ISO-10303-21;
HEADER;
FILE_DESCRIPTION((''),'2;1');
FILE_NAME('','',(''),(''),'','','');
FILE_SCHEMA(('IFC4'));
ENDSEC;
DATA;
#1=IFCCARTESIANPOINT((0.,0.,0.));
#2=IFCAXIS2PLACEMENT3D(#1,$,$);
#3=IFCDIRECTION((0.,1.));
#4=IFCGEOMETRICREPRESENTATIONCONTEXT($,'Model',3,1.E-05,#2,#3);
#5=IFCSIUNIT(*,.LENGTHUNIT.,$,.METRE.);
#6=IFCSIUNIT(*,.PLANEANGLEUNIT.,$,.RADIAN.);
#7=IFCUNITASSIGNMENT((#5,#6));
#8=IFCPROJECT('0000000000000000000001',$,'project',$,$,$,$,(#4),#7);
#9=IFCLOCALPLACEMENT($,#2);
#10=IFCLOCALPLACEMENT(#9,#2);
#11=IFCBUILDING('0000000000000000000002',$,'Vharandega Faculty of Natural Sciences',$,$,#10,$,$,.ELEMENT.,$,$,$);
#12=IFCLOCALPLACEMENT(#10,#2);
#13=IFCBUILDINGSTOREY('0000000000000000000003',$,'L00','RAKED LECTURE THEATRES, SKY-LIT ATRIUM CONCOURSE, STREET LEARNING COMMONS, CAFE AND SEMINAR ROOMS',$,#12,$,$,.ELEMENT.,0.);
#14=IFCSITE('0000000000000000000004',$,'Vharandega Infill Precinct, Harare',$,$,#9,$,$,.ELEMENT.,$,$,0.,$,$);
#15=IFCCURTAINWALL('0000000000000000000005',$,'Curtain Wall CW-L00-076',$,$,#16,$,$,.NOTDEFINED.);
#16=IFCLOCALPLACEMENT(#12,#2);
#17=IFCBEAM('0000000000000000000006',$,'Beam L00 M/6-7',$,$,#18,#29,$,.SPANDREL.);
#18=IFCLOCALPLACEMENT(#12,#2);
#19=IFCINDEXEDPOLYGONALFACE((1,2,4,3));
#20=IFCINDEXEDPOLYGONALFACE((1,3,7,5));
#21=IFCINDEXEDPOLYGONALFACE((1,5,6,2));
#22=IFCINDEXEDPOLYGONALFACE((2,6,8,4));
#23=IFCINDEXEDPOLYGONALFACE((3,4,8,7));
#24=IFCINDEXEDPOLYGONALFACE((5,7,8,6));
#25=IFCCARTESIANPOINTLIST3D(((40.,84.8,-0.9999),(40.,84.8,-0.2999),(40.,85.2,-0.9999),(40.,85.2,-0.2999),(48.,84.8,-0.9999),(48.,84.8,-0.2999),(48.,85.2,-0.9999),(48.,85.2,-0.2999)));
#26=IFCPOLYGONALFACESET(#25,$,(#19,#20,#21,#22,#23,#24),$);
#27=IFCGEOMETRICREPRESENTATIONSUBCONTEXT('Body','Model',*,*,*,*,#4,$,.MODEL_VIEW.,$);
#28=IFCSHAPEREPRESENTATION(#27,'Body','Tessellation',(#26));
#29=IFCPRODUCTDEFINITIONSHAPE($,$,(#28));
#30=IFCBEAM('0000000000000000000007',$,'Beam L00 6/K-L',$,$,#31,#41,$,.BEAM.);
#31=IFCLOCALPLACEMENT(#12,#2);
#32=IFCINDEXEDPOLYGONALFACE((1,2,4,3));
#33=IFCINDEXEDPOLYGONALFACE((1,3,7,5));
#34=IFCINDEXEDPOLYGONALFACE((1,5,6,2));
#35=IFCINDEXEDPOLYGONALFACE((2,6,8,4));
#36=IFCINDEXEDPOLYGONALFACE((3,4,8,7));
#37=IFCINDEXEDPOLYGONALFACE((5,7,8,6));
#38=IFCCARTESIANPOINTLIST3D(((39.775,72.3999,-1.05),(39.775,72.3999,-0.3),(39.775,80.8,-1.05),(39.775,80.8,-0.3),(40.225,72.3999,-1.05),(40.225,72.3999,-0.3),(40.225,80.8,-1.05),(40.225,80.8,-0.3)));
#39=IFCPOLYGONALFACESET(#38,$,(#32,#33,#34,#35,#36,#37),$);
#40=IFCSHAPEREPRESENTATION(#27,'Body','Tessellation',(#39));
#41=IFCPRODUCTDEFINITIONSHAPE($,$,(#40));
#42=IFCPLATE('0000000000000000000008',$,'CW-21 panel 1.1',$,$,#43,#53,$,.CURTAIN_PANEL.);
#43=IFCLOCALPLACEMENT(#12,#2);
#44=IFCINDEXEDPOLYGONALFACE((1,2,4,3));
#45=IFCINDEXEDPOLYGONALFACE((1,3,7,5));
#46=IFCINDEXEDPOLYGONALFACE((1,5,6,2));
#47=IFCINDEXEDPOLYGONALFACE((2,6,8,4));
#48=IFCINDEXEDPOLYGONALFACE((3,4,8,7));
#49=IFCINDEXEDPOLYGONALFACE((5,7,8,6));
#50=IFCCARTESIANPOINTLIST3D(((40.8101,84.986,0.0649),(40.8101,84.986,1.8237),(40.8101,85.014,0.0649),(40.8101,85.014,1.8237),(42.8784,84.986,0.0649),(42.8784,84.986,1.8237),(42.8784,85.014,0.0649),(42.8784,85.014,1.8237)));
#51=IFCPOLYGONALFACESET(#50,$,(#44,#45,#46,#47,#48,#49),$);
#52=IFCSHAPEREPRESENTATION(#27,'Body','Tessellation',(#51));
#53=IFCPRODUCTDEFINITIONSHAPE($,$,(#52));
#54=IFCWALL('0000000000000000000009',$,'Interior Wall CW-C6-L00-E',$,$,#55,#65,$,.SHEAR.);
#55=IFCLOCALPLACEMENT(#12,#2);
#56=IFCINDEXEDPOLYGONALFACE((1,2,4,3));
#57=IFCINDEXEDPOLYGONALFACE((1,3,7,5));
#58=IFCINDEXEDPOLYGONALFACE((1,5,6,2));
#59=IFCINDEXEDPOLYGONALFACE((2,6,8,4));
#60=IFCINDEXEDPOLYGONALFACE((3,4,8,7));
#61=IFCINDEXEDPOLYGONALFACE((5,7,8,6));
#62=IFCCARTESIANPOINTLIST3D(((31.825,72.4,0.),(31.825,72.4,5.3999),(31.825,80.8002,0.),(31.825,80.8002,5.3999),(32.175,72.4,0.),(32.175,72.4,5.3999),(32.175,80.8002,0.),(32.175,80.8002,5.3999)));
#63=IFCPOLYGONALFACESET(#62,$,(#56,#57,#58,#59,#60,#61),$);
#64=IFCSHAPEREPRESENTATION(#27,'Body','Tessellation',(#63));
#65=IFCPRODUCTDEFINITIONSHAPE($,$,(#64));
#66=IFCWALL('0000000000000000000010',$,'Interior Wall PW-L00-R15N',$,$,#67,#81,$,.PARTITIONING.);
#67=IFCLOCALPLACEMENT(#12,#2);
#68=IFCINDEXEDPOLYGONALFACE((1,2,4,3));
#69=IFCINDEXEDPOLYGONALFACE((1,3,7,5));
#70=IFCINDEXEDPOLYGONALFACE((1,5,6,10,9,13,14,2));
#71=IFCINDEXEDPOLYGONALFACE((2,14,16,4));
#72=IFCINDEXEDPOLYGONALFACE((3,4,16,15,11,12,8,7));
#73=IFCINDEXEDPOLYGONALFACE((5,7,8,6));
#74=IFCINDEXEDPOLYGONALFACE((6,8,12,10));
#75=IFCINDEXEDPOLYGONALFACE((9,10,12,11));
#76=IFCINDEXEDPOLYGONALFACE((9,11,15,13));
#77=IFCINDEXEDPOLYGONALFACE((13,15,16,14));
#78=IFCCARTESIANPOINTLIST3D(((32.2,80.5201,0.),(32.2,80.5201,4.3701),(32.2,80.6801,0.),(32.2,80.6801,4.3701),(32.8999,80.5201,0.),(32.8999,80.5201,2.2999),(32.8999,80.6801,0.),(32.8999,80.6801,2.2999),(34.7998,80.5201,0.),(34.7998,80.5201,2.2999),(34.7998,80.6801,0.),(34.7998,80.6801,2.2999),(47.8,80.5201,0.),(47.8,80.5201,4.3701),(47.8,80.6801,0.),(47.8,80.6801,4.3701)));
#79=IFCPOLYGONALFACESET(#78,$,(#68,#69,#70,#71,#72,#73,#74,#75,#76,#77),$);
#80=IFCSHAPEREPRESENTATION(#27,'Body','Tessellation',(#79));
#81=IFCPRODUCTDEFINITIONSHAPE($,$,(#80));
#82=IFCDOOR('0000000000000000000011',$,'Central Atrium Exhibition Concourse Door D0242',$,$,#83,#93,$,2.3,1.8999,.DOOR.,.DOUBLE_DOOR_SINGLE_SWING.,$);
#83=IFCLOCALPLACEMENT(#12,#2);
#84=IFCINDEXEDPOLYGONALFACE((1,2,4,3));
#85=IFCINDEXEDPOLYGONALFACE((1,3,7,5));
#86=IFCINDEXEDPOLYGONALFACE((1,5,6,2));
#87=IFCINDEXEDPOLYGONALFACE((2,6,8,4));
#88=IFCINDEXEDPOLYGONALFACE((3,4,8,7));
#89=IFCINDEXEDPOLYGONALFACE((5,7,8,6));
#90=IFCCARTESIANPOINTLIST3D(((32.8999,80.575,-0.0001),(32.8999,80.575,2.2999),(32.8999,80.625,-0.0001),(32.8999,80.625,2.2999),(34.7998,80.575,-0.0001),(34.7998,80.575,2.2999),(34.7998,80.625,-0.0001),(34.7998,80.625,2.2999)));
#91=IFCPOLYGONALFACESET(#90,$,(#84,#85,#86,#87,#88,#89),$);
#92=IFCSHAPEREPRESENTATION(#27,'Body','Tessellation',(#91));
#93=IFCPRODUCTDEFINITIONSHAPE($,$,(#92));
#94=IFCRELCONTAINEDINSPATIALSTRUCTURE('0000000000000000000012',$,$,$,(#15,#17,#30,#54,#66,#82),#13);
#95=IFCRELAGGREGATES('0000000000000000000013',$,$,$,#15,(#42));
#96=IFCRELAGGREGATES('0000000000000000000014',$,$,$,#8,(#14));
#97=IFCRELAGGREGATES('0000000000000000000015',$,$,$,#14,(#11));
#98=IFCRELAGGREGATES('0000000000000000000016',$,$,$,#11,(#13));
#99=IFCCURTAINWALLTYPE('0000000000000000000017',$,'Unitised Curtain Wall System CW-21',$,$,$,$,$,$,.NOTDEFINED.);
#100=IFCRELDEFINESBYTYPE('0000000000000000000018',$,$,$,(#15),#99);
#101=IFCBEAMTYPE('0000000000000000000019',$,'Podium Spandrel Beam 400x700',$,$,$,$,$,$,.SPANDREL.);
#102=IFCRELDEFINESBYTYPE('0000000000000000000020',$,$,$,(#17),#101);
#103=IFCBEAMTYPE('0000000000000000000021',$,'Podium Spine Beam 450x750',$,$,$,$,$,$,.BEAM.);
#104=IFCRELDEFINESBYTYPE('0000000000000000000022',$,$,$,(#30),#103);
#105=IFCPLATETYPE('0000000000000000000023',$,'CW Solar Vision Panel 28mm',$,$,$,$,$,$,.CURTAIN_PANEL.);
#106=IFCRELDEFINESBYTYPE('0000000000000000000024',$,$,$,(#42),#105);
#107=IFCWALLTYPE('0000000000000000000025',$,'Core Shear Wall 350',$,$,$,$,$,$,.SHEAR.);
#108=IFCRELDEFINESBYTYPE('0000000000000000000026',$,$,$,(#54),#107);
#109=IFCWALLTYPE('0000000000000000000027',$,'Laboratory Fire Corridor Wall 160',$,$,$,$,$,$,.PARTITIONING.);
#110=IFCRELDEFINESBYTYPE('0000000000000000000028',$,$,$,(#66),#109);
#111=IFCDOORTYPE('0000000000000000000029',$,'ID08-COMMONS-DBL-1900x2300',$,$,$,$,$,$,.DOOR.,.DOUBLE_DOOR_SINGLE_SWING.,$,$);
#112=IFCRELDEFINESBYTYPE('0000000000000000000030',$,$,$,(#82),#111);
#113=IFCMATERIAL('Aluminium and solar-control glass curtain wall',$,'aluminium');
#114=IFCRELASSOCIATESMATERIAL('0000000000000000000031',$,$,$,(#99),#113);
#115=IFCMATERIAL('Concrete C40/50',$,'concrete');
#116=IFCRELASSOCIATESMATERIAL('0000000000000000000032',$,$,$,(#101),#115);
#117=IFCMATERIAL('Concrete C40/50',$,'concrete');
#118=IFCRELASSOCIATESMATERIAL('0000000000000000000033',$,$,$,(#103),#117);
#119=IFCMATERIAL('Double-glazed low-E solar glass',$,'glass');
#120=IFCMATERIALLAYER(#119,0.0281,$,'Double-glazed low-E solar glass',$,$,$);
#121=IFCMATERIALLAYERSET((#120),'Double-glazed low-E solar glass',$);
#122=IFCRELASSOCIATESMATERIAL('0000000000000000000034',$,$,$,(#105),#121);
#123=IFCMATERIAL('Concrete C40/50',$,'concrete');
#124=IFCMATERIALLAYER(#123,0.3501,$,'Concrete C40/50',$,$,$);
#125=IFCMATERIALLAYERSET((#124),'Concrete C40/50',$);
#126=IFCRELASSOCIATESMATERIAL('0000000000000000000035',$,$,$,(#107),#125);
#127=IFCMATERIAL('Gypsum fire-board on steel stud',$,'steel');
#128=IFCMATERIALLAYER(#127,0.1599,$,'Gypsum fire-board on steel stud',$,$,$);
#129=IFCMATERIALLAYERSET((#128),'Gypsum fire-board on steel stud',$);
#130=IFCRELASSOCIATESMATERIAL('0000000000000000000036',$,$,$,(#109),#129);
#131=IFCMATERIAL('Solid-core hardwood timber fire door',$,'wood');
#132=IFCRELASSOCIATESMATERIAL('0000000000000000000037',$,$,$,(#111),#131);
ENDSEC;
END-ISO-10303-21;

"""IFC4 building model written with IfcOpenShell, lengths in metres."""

from ifc_helpers import new_model, si_unit, direction, frame, frame_2d, origin, origin_2d, place, context, subcontext, project, spatial, rectangle, extrude, material, layer, layer_set, material_profile, profile_set, type_object, element, fill, aggregate, save


model = new_model("IFC4")

# Units and contexts
model_context = context("Model", 3, precision=1e-05, world=origin(), true_north=direction((0.0, 1.0)))
body_context = subcontext(model_context, "Body", "Model", "MODEL_VIEW")
ifc_project = project(units=[si_unit("LENGTHUNIT", "METRE"), si_unit("PLANEANGLEUNIT", "RADIAN")], contexts=[model_context])

# Site, building, storey
site_placement = place(None, origin())
site = spatial("IfcSite", under=ifc_project, at=site_placement, Name="Vharandega Infill Precinct, Harare", CompositionType="ELEMENT", RefElevation=0.0)
building_placement = place(site_placement, origin())
building = spatial("IfcBuilding", under=site, at=building_placement, Name="Vharandega Faculty of Natural Sciences", CompositionType="ELEMENT")
storey_placement = place(building_placement, origin())
storey = spatial("IfcBuildingStorey", under=building, at=storey_placement, Name="L00", Description="RAKED LECTURE THEATRES, SKY-LIT ATRIUM CONCOURSE, STREET LEARNING COMMONS, CAFE AND SEMINAR ROOMS", CompositionType="ELEMENT", Elevation=0.0)

# Curtain wall
ifc_material_1 = material(Name="Aluminium and solar-control glass curtain wall", Category="aluminium")
curtain_wall_type = type_object("IfcCurtainWallType", Name="Unitised Curtain Wall System CW-21", PredefinedType="NOTDEFINED", material=ifc_material_1)
curtain_wall_placement = place(storey_placement, origin())
curtain_wall = element("IfcCurtainWall", 1, at=curtain_wall_placement, inside=storey, type_object=curtain_wall_type, Name="Curtain Wall CW-L00-076", PredefinedType="NOTDEFINED")

# Beams
ifc_material_2 = material(Name="Concrete C40/50", Category="concrete")
ifc_material_profile_1 = material_profile(ifc_material_2, rectangle(XDim=0.3999, YDim=0.7, at=origin_2d()), Name="RC 400x700")
ifc_profile_set_1 = profile_set([ifc_material_profile_1], Name="Concrete C40/50")
beam_type_1 = type_object("IfcBeamType", Name="Podium Spandrel Beam 400x700", PredefinedType="SPANDREL", material=ifc_profile_set_1)
beam_1_placement = place(storey_placement, frame((40.0, 85.0, -0.6499), z_axis=(1.0, 0.0, 0.0), x_axis=(0.0, 1.0, 0.0)))
element("IfcBeam", 2, at=beam_1_placement, inside=storey, type_object=beam_type_1, Name="Beam L00 M/6-7", PredefinedType="SPANDREL", context=body_context, shape_type="SweptSolid", body=[
    extrude(rectangle(XDim=0.3999, YDim=0.7, at=origin_2d()), origin(), (0.0, 0.0, 1.0), 8.0),
])
ifc_material_3 = material(Name="Concrete C40/50", Category="concrete")
ifc_material_profile_2 = material_profile(ifc_material_3, rectangle(XDim=0.45, YDim=0.75, at=origin_2d()), Name="RC 450x750")
ifc_profile_set_2 = profile_set([ifc_material_profile_2], Name="Concrete C40/50")
beam_type_2 = type_object("IfcBeamType", Name="Podium Spine Beam 450x750", PredefinedType="BEAM", material=ifc_profile_set_2)
beam_2_placement = place(storey_placement, frame((40.0, 72.3999, -0.675), z_axis=(0.0, 1.0, 0.0), x_axis=(-1.0, 0.0, 0.0)))
element("IfcBeam", 3, at=beam_2_placement, inside=storey, type_object=beam_type_2, Name="Beam L00 6/K-L", PredefinedType="BEAM", context=body_context, shape_type="SweptSolid", body=[
    extrude(rectangle(XDim=0.45, YDim=0.75, at=origin_2d()), origin(), (0.0, 0.0, 1.0), 8.4001),
])

# Plate
ifc_material_4 = material(Name="Double-glazed low-E solar glass", Category="glass")
ifc_layer_1 = layer(ifc_material_4, 0.0281, Name="Double-glazed low-E solar glass")
ifc_layer_set_1 = layer_set([ifc_layer_1], Name="Double-glazed low-E solar glass")
plate_type = type_object("IfcPlateType", Name="CW Solar Vision Panel 28mm", PredefinedType="CURTAIN_PANEL", material=ifc_layer_set_1)
plate_placement = place(storey_placement, frame((41.8442, 85.0, 0.0649), z_axis=(0.0, 0.0, 1.0), x_axis=(1.0, 0.0, 0.0)))
plate = element("IfcPlate", 4, at=plate_placement, type_object=plate_type, Name="CW-21 panel 1.1", PredefinedType="CURTAIN_PANEL", context=body_context, shape_type="SweptSolid", body=[
    extrude(rectangle(XDim=2.0684, YDim=0.0281, at=origin_2d()), origin(), (0.0, 0.0, 1.0), 1.7588),
])
aggregate(curtain_wall, [plate])

# Wall
ifc_material_5 = material(Name="Concrete C40/50", Category="concrete")
ifc_layer_2 = layer(ifc_material_5, 0.3501, Name="Concrete C40/50")
ifc_layer_set_2 = layer_set([ifc_layer_2], Name="Concrete C40/50")
wall_type_1 = type_object("IfcWallType", Name="Core Shear Wall 350", PredefinedType="SHEAR", material=ifc_layer_set_2)
wall_1_placement = place(storey_placement, frame((32.0, 72.3999, 0.0), z_axis=(0.0, 0.0, 1.0), x_axis=(0.0, 1.0, 0.0)))
element("IfcWall", 5, at=wall_1_placement, inside=storey, type_object=wall_type_1, Name="Interior Wall CW-C6-L00-E", PredefinedType="SHEAR", context=body_context, shape_type="SweptSolid", body=[
    extrude(rectangle(XDim=8.4001, YDim=0.3501, at=frame_2d((4.2002, 0.0))), origin(), (0.0, 0.0, 1.0), 5.3999),
])

# Wall, opening, door
ifc_material_6 = material(Name="Gypsum fire-board on steel stud", Category="steel")
ifc_layer_3 = layer(ifc_material_6, 0.1599, Name="Gypsum fire-board on steel stud")
ifc_layer_set_3 = layer_set([ifc_layer_3], Name="Gypsum fire-board on steel stud")
wall_type_2 = type_object("IfcWallType", Name="Laboratory Fire Corridor Wall 160", PredefinedType="PARTITIONING", material=ifc_layer_set_3)
wall_2_placement = place(storey_placement, frame((32.2, 80.6001, 0.0), z_axis=(0.0, 0.0, 1.0), x_axis=(1.0, 0.0, 0.0)))
wall_2 = element("IfcWall", 6, at=wall_2_placement, inside=storey, type_object=wall_type_2, Name="Interior Wall PW-L00-R15N", PredefinedType="PARTITIONING", context=body_context, shape_type="SweptSolid", body=[
    extrude(rectangle(XDim=15.6001, YDim=0.1599, at=frame_2d((7.8, 0.0))), origin(), (0.0, 0.0, 1.0), 4.3701),
])
opening_1_placement = place(wall_2_placement, frame((0.7, 0.0, 0.0)))
opening_1 = element("IfcOpeningElement", 7, at=opening_1_placement, cuts=wall_2, PredefinedType="OPENING", context=body_context, shape_type="SweptSolid", body=[
    extrude(rectangle(XDim=1.8999, YDim=2.3, at=frame_2d((0.95, 1.1499))), frame((0.0, 0.0898, 0.0), z_axis=(0.0, -1.0, 0.0), x_axis=(1.0, 0.0, 0.0)), (0.0, 0.0, 1.0), 0.1799),
])
ifc_material_7 = material(Name="Solid-core hardwood timber fire door", Category="wood")
door_type_1 = type_object("IfcDoorType", Name="ID08-COMMONS-DBL-1900x2300", OperationType="DOUBLE_DOOR_SINGLE_SWING", PredefinedType="DOOR", material=ifc_material_7)
door_1_placement = place(opening_1_placement, origin())
door_1 = element("IfcDoor", 8, at=door_1_placement, inside=storey, type_object=door_type_1, Name="Central Atrium Exhibition Concourse Door D0242", OperationType="DOUBLE_DOOR_SINGLE_SWING", OverallHeight=2.3, OverallWidth=1.8999, PredefinedType="DOOR", context=body_context, shape_type="SweptSolid", body=[
    extrude(rectangle(XDim=1.8999, YDim=2.3, at=frame_2d((0.95, 1.1499))), frame((0.0, 0.0249, 0.0), z_axis=(0.0, -1.0, 0.0), x_axis=(1.0, 0.0, 0.0)), (0.0, 0.0, 1.0), 0.05),
])
fill(opening_1, door_1)

save(model, "model.ifc")
